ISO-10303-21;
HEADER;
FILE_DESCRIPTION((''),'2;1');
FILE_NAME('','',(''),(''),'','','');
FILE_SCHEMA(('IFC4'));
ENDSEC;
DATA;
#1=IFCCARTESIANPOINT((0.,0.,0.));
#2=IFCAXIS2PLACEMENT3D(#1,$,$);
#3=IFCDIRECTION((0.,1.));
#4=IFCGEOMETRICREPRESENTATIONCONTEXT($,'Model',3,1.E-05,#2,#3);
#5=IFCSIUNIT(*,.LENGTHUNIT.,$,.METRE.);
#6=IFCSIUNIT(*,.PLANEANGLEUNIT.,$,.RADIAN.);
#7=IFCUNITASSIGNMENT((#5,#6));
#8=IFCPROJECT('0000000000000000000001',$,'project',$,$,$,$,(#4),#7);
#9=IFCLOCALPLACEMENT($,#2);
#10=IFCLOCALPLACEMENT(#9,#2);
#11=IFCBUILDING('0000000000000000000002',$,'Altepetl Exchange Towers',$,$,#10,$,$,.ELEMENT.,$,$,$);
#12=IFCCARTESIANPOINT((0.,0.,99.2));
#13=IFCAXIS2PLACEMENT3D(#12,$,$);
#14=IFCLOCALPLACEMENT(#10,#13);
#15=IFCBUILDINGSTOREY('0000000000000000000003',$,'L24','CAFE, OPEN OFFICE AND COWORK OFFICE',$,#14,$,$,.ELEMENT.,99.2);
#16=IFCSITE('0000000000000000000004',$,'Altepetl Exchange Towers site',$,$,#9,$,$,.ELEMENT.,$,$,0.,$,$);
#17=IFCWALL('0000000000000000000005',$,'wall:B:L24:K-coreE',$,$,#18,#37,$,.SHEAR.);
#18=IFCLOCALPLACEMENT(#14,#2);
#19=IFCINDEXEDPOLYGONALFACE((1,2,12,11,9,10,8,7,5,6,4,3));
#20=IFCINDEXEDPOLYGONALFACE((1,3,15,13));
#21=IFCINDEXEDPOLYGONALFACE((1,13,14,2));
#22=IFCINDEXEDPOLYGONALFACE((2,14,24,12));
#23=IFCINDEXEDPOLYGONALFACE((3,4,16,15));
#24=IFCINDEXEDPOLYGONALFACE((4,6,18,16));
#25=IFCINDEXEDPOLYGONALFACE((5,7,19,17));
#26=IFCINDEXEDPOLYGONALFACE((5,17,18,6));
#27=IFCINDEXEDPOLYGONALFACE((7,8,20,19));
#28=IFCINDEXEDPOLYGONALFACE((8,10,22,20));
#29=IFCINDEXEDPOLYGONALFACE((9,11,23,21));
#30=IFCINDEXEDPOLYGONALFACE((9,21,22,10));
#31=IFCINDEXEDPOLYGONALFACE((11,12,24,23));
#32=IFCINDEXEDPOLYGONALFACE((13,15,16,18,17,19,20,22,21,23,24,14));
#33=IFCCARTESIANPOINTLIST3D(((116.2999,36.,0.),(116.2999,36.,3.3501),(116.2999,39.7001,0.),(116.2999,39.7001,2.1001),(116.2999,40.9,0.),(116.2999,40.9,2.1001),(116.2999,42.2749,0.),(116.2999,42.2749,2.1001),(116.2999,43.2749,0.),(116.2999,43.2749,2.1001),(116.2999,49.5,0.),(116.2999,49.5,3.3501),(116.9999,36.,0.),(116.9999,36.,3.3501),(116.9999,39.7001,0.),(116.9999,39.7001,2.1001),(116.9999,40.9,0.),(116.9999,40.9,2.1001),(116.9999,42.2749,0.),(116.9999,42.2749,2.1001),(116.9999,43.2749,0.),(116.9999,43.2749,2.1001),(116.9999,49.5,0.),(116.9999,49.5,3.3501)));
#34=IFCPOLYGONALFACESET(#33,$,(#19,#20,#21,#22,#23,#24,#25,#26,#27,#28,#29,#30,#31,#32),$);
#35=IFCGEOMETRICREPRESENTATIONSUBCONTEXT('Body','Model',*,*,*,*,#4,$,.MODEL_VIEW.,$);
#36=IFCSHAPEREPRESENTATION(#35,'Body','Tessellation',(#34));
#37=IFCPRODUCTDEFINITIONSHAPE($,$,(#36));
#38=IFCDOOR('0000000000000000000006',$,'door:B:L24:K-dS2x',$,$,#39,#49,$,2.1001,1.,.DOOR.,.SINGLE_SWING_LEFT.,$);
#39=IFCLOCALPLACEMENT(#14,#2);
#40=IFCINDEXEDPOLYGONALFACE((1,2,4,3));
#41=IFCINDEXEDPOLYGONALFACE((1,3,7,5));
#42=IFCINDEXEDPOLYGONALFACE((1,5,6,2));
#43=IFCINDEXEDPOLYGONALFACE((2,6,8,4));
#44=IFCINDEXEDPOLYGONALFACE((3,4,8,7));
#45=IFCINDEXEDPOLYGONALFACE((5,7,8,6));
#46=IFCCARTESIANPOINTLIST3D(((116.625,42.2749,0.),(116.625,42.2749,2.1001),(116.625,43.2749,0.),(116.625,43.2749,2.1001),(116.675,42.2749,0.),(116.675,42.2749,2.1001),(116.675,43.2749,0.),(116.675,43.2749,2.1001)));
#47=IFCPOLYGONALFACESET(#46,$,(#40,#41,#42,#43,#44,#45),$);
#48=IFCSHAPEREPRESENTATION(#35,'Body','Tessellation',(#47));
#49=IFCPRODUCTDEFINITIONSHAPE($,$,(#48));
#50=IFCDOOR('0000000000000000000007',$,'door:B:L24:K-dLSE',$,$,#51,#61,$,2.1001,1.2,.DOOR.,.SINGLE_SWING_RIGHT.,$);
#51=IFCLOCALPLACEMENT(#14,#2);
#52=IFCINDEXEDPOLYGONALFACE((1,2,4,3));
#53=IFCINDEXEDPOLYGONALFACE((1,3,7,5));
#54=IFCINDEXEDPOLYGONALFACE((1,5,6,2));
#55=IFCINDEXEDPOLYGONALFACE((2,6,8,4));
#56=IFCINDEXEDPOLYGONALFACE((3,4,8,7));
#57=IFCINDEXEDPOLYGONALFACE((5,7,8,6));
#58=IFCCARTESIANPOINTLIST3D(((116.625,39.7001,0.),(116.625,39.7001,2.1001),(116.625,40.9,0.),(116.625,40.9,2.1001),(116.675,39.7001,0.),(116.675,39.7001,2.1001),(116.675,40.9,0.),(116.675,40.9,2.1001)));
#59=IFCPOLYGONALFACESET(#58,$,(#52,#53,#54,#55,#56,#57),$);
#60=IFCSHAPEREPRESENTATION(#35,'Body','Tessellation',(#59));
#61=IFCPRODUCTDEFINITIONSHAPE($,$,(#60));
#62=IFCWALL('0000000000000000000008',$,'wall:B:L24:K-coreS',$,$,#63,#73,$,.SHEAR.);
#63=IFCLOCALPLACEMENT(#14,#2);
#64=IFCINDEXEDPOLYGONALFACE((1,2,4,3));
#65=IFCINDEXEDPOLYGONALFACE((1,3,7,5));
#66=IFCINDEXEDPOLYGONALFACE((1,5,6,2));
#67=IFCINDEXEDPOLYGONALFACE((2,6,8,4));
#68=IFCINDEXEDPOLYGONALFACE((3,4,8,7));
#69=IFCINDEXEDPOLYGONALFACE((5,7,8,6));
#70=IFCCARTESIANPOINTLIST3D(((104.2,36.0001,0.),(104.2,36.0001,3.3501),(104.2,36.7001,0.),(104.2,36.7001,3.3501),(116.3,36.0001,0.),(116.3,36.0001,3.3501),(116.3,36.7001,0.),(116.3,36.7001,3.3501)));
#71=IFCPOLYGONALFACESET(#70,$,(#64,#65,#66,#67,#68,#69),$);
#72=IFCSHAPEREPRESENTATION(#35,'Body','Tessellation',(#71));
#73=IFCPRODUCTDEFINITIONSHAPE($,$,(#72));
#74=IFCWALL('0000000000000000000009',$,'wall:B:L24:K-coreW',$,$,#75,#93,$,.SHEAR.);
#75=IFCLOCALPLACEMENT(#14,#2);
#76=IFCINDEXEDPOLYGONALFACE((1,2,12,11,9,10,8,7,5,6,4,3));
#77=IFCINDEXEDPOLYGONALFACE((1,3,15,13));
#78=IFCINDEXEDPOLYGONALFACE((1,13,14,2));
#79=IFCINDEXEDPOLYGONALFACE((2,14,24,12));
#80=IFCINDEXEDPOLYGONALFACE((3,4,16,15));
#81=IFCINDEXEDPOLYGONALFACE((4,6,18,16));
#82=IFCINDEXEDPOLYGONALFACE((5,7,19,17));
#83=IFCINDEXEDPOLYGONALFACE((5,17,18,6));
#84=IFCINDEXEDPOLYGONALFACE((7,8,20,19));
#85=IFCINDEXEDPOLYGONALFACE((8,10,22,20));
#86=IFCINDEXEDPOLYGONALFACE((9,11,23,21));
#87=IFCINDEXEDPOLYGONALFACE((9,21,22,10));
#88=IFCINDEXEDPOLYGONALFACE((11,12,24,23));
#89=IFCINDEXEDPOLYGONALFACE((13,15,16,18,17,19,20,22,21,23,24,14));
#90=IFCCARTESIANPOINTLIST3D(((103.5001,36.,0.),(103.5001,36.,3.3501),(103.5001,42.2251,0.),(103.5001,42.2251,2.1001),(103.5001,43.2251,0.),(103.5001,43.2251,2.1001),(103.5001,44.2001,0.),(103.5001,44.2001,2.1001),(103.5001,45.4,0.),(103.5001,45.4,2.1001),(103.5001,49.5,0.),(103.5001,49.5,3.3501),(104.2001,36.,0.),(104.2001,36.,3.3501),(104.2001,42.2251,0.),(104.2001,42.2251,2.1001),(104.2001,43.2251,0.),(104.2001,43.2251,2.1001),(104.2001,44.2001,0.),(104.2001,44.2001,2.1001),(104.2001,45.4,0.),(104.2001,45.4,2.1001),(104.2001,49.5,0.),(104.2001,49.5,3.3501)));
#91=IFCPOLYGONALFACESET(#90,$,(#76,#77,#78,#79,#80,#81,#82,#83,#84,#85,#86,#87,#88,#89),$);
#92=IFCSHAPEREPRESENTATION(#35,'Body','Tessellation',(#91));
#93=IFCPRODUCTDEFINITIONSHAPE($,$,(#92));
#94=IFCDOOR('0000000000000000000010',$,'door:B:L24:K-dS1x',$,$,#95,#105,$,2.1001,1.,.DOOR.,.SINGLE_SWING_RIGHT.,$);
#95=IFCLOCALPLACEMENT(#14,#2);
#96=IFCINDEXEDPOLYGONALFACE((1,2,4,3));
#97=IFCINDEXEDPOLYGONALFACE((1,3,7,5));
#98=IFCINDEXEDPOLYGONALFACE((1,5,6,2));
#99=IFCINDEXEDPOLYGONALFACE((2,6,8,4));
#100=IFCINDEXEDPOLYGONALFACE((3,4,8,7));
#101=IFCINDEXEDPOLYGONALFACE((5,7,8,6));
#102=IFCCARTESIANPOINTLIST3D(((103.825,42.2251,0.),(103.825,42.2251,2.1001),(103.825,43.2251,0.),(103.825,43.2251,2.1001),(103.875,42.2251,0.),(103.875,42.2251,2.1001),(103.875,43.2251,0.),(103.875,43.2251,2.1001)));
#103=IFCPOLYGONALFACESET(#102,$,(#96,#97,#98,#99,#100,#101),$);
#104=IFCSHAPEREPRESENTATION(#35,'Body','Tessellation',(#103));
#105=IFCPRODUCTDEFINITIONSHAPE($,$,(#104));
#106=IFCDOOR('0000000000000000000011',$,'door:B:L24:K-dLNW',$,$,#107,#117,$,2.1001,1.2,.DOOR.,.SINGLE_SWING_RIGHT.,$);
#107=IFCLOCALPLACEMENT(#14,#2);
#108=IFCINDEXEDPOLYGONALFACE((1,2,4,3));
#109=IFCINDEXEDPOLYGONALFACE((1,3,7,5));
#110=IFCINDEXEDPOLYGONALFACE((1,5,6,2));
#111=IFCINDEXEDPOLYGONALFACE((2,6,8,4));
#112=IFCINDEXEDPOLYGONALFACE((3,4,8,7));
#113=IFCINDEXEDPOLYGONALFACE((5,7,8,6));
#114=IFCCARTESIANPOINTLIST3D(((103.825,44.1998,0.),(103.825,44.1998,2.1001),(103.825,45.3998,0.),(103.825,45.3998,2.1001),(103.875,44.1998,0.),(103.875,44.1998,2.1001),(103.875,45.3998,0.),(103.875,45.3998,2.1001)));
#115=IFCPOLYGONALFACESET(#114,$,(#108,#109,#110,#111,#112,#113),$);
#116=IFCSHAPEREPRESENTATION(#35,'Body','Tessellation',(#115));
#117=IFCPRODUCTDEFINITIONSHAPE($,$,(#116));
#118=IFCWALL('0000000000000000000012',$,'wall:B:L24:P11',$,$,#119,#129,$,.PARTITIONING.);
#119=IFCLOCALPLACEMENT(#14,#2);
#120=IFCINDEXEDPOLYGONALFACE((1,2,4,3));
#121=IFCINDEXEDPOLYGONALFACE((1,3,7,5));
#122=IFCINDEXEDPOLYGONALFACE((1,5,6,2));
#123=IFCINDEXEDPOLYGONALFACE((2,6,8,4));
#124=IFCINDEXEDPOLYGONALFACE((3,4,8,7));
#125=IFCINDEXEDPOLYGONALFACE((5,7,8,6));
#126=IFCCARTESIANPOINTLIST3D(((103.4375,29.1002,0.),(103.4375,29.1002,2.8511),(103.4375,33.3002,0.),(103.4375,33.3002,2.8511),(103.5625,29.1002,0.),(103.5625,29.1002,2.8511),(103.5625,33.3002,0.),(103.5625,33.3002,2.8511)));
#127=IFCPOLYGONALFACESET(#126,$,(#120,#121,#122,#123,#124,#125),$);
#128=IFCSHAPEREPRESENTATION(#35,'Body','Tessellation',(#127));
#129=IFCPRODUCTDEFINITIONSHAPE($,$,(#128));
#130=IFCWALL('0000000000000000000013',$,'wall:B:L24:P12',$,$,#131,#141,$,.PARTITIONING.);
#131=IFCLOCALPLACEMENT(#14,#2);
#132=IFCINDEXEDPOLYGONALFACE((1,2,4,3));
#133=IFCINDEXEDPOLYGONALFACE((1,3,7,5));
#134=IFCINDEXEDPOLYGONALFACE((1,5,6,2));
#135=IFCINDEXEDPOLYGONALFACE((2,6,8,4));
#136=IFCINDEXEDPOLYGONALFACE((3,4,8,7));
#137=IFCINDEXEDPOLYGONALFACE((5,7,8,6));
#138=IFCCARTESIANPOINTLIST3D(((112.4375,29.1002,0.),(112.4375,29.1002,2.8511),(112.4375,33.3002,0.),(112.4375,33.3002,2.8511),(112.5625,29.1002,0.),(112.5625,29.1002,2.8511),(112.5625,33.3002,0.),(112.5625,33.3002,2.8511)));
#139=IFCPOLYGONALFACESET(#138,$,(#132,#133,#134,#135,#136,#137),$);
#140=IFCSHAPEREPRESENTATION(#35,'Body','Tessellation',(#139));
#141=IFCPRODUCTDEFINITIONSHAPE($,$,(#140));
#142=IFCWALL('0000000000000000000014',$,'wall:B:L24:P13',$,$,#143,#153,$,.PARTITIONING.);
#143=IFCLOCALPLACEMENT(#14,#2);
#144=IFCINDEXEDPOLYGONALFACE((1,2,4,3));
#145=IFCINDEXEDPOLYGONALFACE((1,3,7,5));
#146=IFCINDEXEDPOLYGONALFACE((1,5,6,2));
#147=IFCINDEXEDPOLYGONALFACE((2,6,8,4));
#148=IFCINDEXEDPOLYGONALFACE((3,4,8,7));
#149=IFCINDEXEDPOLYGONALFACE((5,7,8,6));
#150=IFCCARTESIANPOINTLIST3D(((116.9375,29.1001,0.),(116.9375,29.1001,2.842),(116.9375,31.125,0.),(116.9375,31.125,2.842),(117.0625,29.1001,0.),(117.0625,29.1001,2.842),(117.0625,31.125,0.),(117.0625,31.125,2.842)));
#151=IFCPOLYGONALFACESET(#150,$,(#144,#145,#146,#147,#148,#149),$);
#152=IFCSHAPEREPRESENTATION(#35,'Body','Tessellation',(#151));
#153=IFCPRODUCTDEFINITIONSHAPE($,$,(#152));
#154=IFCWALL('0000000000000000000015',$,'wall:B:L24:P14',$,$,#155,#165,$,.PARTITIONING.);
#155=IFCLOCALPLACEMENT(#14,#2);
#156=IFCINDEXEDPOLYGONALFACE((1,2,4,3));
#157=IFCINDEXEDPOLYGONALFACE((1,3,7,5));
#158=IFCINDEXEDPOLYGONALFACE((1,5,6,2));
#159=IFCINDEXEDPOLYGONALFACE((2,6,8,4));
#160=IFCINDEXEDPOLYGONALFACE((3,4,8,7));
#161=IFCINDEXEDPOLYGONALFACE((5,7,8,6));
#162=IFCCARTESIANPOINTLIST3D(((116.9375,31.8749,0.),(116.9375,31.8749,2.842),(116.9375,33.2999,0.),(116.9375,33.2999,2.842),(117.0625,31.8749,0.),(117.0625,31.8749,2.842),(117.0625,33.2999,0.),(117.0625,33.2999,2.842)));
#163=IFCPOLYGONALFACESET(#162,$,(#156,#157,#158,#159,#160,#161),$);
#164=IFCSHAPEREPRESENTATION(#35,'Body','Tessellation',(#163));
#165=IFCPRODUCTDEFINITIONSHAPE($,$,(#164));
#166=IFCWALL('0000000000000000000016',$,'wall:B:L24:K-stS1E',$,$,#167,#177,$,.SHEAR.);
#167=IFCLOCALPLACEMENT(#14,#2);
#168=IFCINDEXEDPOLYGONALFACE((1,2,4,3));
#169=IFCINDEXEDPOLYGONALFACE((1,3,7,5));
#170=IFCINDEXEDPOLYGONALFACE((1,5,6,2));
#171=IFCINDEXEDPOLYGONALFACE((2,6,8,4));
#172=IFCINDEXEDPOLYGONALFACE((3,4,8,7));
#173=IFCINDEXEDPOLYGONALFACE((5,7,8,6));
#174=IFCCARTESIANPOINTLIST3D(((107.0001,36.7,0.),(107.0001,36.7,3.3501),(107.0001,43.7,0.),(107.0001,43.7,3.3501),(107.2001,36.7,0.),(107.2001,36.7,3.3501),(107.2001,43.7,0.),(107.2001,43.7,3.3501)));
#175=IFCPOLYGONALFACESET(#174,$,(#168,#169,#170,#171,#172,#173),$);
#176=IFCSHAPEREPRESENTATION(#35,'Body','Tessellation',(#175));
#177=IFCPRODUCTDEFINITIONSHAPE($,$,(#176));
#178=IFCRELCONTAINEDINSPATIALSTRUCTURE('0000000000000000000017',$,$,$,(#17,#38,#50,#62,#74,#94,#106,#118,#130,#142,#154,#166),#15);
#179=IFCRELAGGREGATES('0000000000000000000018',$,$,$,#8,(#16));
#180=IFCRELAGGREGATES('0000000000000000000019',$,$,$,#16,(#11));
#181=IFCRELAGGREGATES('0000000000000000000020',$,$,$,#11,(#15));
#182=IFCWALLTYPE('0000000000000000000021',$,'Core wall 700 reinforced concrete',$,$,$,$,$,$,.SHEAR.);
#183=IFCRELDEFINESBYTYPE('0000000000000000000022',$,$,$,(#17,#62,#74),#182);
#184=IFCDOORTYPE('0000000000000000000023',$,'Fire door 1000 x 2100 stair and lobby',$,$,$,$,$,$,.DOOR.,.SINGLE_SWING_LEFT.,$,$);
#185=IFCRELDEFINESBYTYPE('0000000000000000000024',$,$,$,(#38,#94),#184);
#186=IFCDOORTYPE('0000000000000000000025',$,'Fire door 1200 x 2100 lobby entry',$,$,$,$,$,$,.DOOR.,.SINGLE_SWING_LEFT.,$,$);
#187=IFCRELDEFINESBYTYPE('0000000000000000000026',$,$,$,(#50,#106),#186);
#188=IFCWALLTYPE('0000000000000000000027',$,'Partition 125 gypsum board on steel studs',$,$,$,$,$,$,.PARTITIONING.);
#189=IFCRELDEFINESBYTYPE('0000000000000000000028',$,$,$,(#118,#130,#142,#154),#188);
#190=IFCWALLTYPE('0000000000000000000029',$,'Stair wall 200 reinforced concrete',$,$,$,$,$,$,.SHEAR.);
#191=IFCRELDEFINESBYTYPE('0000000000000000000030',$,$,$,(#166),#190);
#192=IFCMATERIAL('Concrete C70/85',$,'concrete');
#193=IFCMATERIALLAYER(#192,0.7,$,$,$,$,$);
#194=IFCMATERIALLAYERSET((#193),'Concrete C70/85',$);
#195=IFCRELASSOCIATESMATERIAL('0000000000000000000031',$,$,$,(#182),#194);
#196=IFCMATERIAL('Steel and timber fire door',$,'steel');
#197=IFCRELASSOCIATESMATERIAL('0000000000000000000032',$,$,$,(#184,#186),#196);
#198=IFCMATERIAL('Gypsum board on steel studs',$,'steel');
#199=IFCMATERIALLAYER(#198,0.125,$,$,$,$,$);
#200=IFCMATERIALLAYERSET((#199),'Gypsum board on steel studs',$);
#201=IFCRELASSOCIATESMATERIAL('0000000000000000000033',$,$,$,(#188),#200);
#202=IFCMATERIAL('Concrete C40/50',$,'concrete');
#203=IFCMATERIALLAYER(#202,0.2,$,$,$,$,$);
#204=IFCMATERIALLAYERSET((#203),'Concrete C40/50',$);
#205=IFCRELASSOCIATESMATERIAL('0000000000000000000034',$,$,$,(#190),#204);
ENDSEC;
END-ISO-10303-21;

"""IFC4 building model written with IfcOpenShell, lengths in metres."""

from ifc_helpers import new_model, si_unit, direction, frame, frame_2d, origin, place, context, subcontext, project, spatial, rectangle, extrude, material, layer, layer_set, type_object, element, fill, save


model = new_model("IFC4")

# Units and contexts
model_context = context("Model", 3, precision=1e-05, world=origin(), true_north=direction((0.0, 1.0)))
body_context = subcontext(model_context, "Body", "Model", "MODEL_VIEW")
ifc_project = project(units=[si_unit("LENGTHUNIT", "METRE"), si_unit("PLANEANGLEUNIT", "RADIAN")], contexts=[model_context])

# Site, building, storey
site_placement = place(None, origin())
site = spatial("IfcSite", under=ifc_project, at=site_placement, Name="Altepetl Exchange Towers site", CompositionType="ELEMENT", RefElevation=0.0)
building_placement = place(site_placement, origin())
building = spatial("IfcBuilding", under=site, at=building_placement, Name="Altepetl Exchange Towers", CompositionType="ELEMENT")
storey_placement = place(building_placement, frame((0.0, 0.0, 99.2)))
storey = spatial("IfcBuildingStorey", under=building, at=storey_placement, Name="L24", Description="CAFE, OPEN OFFICE AND COWORK OFFICE", CompositionType="ELEMENT", Elevation=99.2)

# Shared definitions
ifc_material_1 = material(Name="Concrete C70/85", Category="concrete")

# Wall, openings, doors
ifc_layer_1 = layer(ifc_material_1, 0.7)
ifc_layer_set_1 = layer_set([ifc_layer_1], Name="Concrete C70/85")
wall_type_1 = type_object("IfcWallType", Name="Core wall 700 reinforced concrete", PredefinedType="SHEAR", material=ifc_layer_set_1)
wall_1_placement = place(storey_placement, frame((116.6499, 36.0, 0.0), z_axis=(0.0, 0.0, 1.0), x_axis=(0.0, 1.0, 0.0)))
wall_1 = element("IfcWall", 1, at=wall_1_placement, inside=storey, type_object=wall_type_1, Name="wall:B:L24:K-coreE", PredefinedType="SHEAR", context=body_context, shape_type="SweptSolid", body=[
    extrude(rectangle(XDim=13.5, YDim=0.7, at=frame_2d((6.75, 0.0))), origin(), (0.0, 0.0, 1.0), 3.3501),
])
opening_1_placement = place(wall_1_placement, frame((3.7, 0.0, 0.0)))
opening_1 = element("IfcOpeningElement", 2, at=opening_1_placement, cuts=wall_1, PredefinedType="OPENING", context=body_context, shape_type="SweptSolid", body=[
    extrude(rectangle(XDim=1.2, YDim=2.1001, at=frame_2d((0.6001, 1.05))), frame((0.0, 0.3599, 0.0), z_axis=(0.0, -1.0, 0.0), x_axis=(1.0, 0.0, 0.0)), (0.0, 0.0, 1.0), 0.72),
])
opening_2_placement = place(wall_1_placement, frame((6.2749, 0.0, 0.0)))
opening_2 = element("IfcOpeningElement", 3, at=opening_2_placement, cuts=wall_1, PredefinedType="OPENING", context=body_context, shape_type="SweptSolid", body=[
    extrude(rectangle(XDim=1.0, YDim=2.1001, at=frame_2d((0.5, 1.05))), frame((0.0, 0.3599, 0.0), z_axis=(0.0, -1.0, 0.0), x_axis=(1.0, 0.0, 0.0)), (0.0, 0.0, 1.0), 0.72),
])
ifc_material_2 = material(Name="Steel and timber fire door", Category="steel")
door_type_1 = type_object("IfcDoorType", Name="Fire door 1000 x 2100 stair and lobby", OperationType="SINGLE_SWING_LEFT", PredefinedType="DOOR", material=ifc_material_2)
door_1_placement = place(opening_2_placement, origin())
door_1 = element("IfcDoor", 4, at=door_1_placement, inside=storey, type_object=door_type_1, Name="door:B:L24:K-dS2x", OperationType="SINGLE_SWING_LEFT", OverallHeight=2.1001, OverallWidth=1.0, PredefinedType="DOOR", context=body_context, shape_type="SweptSolid", body=[
    extrude(rectangle(XDim=1.0, YDim=2.1001, at=frame_2d((0.5, 1.05))), frame((0.0, 0.0249, 0.0), z_axis=(0.0, -1.0, 0.0), x_axis=(1.0, 0.0, 0.0)), (0.0, 0.0, 1.0), 0.05),
])
fill(opening_2, door_1)
door_type_2 = type_object("IfcDoorType", Name="Fire door 1200 x 2100 lobby entry", OperationType="SINGLE_SWING_LEFT", PredefinedType="DOOR", material=ifc_material_2)
door_2_placement = place(opening_1_placement, origin())
door_2 = element("IfcDoor", 5, at=door_2_placement, inside=storey, type_object=door_type_2, Name="door:B:L24:K-dLSE", OperationType="SINGLE_SWING_RIGHT", OverallHeight=2.1001, OverallWidth=1.2, PredefinedType="DOOR", context=body_context, shape_type="SweptSolid", body=[
    extrude(rectangle(XDim=1.2, YDim=2.1001, at=frame_2d((0.6001, 1.05))), frame((0.0, 0.0249, 0.0), z_axis=(0.0, -1.0, 0.0), x_axis=(1.0, 0.0, 0.0)), (0.0, 0.0, 1.0), 0.05),
])
fill(opening_1, door_2)

# Wall
wall_2_placement = place(storey_placement, frame((104.2, 36.3501, 0.0)))
element("IfcWall", 6, at=wall_2_placement, inside=storey, type_object=wall_type_1, Name="wall:B:L24:K-coreS", PredefinedType="SHEAR", context=body_context, shape_type="SweptSolid", body=[
    extrude(rectangle(XDim=12.1001, YDim=0.7, at=frame_2d((6.05, 0.0))), origin(), (0.0, 0.0, 1.0), 3.3501),
])

# Wall, openings, doors
wall_3_placement = place(storey_placement, frame((103.8501, 36.0, 0.0), z_axis=(0.0, 0.0, 1.0), x_axis=(0.0, 1.0, 0.0)))
wall_3 = element("IfcWall", 7, at=wall_3_placement, inside=storey, type_object=wall_type_1, Name="wall:B:L24:K-coreW", PredefinedType="SHEAR", context=body_context, shape_type="SweptSolid", body=[
    extrude(rectangle(XDim=13.5, YDim=0.7, at=frame_2d((6.75, 0.0))), origin(), (0.0, 0.0, 1.0), 3.3501),
])
opening_3_placement = place(wall_3_placement, frame((8.2, 0.0, 0.0)))
opening_3 = element("IfcOpeningElement", 8, at=opening_3_placement, cuts=wall_3, PredefinedType="OPENING", context=body_context, shape_type="SweptSolid", body=[
    extrude(rectangle(XDim=1.2, YDim=2.1001, at=frame_2d((0.6001, 1.05))), frame((0.0, 0.3599, 0.0), z_axis=(0.0, -1.0, 0.0), x_axis=(1.0, 0.0, 0.0)), (0.0, 0.0, 1.0), 0.72),
])
opening_4_placement = place(wall_3_placement, frame((6.2251, 0.0, 0.0)))
opening_4 = element("IfcOpeningElement", 9, at=opening_4_placement, cuts=wall_3, PredefinedType="OPENING", context=body_context, shape_type="SweptSolid", body=[
    extrude(rectangle(XDim=1.0, YDim=2.1001, at=frame_2d((0.5, 1.05))), frame((0.0, 0.3599, 0.0), z_axis=(0.0, -1.0, 0.0), x_axis=(1.0, 0.0, 0.0)), (0.0, 0.0, 1.0), 0.72),
])
door_3_placement = place(opening_4_placement, frame((1.0, 0.0, 0.0), x_axis=(-1.0, 0.0, 0.0)))
door_3 = element("IfcDoor", 10, at=door_3_placement, inside=storey, type_object=door_type_1, Name="door:B:L24:K-dS1x", OperationType="SINGLE_SWING_RIGHT", OverallHeight=2.1001, OverallWidth=1.0, PredefinedType="DOOR", context=body_context, shape_type="SweptSolid", body=[
    extrude(rectangle(XDim=1.0, YDim=2.1001, at=frame_2d((0.5, 1.05))), frame((0.0, 0.0249, 0.0), z_axis=(0.0, -1.0, 0.0), x_axis=(1.0, 0.0, 0.0)), (0.0, 0.0, 1.0), 0.05),
])
fill(opening_4, door_3)
door_4_placement = place(opening_3_placement, frame((1.2, 0.0, 0.0), x_axis=(-1.0, 0.0, 0.0)))
door_4 = element("IfcDoor", 11, at=door_4_placement, inside=storey, type_object=door_type_2, Name="door:B:L24:K-dLNW", OperationType="SINGLE_SWING_RIGHT", OverallHeight=2.1001, OverallWidth=1.2, PredefinedType="DOOR", context=body_context, shape_type="SweptSolid", body=[
    extrude(rectangle(XDim=1.2, YDim=2.1001, at=frame_2d((0.6001, 1.05))), frame((0.0, 0.0249, 0.0), z_axis=(0.0, -1.0, 0.0), x_axis=(1.0, 0.0, 0.0)), (0.0, 0.0, 1.0), 0.05),
])
fill(opening_3, door_4)

# Walls
ifc_material_3 = material(Name="Gypsum board on steel studs", Category="steel")
ifc_layer_2 = layer(ifc_material_3, 0.125)
ifc_layer_set_2 = layer_set([ifc_layer_2], Name="Gypsum board on steel studs")
wall_type_2 = type_object("IfcWallType", Name="Partition 125 gypsum board on steel studs", PredefinedType="PARTITIONING", material=ifc_layer_set_2)
for number, where, z_axis, x_axis, name in (
    (12, (103.5, 29.1001, 0.0), (0.0, 0.0, 1.0), (0.0, 1.0, 0.0), "wall:B:L24:P11"),
    (13, (112.5, 29.1001, 0.0), (0.0, 0.0, 1.0), (0.0, 1.0, 0.0), "wall:B:L24:P12"),
):
    element("IfcWall", number, at=place(storey_placement, frame(where, z_axis=z_axis, x_axis=x_axis)), inside=storey, type_object=wall_type_2, Name=name, PredefinedType="PARTITIONING", context=body_context, shape_type="SweptSolid", body=[
        extrude(rectangle(XDim=4.2, YDim=0.125, at=frame_2d((2.1001, 0.0))), origin(), (0.0, 0.0, 1.0), 2.8511),
    ])
wall_4_placement = place(storey_placement, frame((117.0, 29.1001, 0.0), z_axis=(0.0, 0.0, 1.0), x_axis=(0.0, 1.0, 0.0)))
element("IfcWall", 14, at=wall_4_placement, inside=storey, type_object=wall_type_2, Name="wall:B:L24:P13", PredefinedType="PARTITIONING", context=body_context, shape_type="SweptSolid", body=[
    extrude(rectangle(XDim=2.0249, YDim=0.125, at=frame_2d((1.0125, 0.0))), origin(), (0.0, 0.0, 1.0), 2.842),
])
wall_5_placement = place(storey_placement, frame((117.0, 31.875, 0.0), z_axis=(0.0, 0.0, 1.0), x_axis=(0.0, 1.0, 0.0)))
element("IfcWall", 15, at=wall_5_placement, inside=storey, type_object=wall_type_2, Name="wall:B:L24:P14", PredefinedType="PARTITIONING", context=body_context, shape_type="SweptSolid", body=[
    extrude(rectangle(XDim=1.425, YDim=0.125, at=frame_2d((0.7124, 0.0))), origin(), (0.0, 0.0, 1.0), 2.842),
])
ifc_material_4 = material(Name="Concrete C40/50", Category="concrete")
ifc_layer_3 = layer(ifc_material_4, 0.2)
ifc_layer_set_3 = layer_set([ifc_layer_3], Name="Concrete C40/50")
wall_type_3 = type_object("IfcWallType", Name="Stair wall 200 reinforced concrete", PredefinedType="SHEAR", material=ifc_layer_set_3)
wall_6_placement = place(storey_placement, frame((107.1001, 36.7, 0.0), z_axis=(0.0, 0.0, 1.0), x_axis=(0.0, 1.0, 0.0)))
element("IfcWall", 16, at=wall_6_placement, inside=storey, type_object=wall_type_3, Name="wall:B:L24:K-stS1E", PredefinedType="SHEAR", context=body_context, shape_type="SweptSolid", body=[
    extrude(rectangle(XDim=7.0, YDim=0.2, at=frame_2d((3.5, 0.0))), origin(), (0.0, 0.0, 1.0), 3.3501),
])

save(model, "model.ifc")
